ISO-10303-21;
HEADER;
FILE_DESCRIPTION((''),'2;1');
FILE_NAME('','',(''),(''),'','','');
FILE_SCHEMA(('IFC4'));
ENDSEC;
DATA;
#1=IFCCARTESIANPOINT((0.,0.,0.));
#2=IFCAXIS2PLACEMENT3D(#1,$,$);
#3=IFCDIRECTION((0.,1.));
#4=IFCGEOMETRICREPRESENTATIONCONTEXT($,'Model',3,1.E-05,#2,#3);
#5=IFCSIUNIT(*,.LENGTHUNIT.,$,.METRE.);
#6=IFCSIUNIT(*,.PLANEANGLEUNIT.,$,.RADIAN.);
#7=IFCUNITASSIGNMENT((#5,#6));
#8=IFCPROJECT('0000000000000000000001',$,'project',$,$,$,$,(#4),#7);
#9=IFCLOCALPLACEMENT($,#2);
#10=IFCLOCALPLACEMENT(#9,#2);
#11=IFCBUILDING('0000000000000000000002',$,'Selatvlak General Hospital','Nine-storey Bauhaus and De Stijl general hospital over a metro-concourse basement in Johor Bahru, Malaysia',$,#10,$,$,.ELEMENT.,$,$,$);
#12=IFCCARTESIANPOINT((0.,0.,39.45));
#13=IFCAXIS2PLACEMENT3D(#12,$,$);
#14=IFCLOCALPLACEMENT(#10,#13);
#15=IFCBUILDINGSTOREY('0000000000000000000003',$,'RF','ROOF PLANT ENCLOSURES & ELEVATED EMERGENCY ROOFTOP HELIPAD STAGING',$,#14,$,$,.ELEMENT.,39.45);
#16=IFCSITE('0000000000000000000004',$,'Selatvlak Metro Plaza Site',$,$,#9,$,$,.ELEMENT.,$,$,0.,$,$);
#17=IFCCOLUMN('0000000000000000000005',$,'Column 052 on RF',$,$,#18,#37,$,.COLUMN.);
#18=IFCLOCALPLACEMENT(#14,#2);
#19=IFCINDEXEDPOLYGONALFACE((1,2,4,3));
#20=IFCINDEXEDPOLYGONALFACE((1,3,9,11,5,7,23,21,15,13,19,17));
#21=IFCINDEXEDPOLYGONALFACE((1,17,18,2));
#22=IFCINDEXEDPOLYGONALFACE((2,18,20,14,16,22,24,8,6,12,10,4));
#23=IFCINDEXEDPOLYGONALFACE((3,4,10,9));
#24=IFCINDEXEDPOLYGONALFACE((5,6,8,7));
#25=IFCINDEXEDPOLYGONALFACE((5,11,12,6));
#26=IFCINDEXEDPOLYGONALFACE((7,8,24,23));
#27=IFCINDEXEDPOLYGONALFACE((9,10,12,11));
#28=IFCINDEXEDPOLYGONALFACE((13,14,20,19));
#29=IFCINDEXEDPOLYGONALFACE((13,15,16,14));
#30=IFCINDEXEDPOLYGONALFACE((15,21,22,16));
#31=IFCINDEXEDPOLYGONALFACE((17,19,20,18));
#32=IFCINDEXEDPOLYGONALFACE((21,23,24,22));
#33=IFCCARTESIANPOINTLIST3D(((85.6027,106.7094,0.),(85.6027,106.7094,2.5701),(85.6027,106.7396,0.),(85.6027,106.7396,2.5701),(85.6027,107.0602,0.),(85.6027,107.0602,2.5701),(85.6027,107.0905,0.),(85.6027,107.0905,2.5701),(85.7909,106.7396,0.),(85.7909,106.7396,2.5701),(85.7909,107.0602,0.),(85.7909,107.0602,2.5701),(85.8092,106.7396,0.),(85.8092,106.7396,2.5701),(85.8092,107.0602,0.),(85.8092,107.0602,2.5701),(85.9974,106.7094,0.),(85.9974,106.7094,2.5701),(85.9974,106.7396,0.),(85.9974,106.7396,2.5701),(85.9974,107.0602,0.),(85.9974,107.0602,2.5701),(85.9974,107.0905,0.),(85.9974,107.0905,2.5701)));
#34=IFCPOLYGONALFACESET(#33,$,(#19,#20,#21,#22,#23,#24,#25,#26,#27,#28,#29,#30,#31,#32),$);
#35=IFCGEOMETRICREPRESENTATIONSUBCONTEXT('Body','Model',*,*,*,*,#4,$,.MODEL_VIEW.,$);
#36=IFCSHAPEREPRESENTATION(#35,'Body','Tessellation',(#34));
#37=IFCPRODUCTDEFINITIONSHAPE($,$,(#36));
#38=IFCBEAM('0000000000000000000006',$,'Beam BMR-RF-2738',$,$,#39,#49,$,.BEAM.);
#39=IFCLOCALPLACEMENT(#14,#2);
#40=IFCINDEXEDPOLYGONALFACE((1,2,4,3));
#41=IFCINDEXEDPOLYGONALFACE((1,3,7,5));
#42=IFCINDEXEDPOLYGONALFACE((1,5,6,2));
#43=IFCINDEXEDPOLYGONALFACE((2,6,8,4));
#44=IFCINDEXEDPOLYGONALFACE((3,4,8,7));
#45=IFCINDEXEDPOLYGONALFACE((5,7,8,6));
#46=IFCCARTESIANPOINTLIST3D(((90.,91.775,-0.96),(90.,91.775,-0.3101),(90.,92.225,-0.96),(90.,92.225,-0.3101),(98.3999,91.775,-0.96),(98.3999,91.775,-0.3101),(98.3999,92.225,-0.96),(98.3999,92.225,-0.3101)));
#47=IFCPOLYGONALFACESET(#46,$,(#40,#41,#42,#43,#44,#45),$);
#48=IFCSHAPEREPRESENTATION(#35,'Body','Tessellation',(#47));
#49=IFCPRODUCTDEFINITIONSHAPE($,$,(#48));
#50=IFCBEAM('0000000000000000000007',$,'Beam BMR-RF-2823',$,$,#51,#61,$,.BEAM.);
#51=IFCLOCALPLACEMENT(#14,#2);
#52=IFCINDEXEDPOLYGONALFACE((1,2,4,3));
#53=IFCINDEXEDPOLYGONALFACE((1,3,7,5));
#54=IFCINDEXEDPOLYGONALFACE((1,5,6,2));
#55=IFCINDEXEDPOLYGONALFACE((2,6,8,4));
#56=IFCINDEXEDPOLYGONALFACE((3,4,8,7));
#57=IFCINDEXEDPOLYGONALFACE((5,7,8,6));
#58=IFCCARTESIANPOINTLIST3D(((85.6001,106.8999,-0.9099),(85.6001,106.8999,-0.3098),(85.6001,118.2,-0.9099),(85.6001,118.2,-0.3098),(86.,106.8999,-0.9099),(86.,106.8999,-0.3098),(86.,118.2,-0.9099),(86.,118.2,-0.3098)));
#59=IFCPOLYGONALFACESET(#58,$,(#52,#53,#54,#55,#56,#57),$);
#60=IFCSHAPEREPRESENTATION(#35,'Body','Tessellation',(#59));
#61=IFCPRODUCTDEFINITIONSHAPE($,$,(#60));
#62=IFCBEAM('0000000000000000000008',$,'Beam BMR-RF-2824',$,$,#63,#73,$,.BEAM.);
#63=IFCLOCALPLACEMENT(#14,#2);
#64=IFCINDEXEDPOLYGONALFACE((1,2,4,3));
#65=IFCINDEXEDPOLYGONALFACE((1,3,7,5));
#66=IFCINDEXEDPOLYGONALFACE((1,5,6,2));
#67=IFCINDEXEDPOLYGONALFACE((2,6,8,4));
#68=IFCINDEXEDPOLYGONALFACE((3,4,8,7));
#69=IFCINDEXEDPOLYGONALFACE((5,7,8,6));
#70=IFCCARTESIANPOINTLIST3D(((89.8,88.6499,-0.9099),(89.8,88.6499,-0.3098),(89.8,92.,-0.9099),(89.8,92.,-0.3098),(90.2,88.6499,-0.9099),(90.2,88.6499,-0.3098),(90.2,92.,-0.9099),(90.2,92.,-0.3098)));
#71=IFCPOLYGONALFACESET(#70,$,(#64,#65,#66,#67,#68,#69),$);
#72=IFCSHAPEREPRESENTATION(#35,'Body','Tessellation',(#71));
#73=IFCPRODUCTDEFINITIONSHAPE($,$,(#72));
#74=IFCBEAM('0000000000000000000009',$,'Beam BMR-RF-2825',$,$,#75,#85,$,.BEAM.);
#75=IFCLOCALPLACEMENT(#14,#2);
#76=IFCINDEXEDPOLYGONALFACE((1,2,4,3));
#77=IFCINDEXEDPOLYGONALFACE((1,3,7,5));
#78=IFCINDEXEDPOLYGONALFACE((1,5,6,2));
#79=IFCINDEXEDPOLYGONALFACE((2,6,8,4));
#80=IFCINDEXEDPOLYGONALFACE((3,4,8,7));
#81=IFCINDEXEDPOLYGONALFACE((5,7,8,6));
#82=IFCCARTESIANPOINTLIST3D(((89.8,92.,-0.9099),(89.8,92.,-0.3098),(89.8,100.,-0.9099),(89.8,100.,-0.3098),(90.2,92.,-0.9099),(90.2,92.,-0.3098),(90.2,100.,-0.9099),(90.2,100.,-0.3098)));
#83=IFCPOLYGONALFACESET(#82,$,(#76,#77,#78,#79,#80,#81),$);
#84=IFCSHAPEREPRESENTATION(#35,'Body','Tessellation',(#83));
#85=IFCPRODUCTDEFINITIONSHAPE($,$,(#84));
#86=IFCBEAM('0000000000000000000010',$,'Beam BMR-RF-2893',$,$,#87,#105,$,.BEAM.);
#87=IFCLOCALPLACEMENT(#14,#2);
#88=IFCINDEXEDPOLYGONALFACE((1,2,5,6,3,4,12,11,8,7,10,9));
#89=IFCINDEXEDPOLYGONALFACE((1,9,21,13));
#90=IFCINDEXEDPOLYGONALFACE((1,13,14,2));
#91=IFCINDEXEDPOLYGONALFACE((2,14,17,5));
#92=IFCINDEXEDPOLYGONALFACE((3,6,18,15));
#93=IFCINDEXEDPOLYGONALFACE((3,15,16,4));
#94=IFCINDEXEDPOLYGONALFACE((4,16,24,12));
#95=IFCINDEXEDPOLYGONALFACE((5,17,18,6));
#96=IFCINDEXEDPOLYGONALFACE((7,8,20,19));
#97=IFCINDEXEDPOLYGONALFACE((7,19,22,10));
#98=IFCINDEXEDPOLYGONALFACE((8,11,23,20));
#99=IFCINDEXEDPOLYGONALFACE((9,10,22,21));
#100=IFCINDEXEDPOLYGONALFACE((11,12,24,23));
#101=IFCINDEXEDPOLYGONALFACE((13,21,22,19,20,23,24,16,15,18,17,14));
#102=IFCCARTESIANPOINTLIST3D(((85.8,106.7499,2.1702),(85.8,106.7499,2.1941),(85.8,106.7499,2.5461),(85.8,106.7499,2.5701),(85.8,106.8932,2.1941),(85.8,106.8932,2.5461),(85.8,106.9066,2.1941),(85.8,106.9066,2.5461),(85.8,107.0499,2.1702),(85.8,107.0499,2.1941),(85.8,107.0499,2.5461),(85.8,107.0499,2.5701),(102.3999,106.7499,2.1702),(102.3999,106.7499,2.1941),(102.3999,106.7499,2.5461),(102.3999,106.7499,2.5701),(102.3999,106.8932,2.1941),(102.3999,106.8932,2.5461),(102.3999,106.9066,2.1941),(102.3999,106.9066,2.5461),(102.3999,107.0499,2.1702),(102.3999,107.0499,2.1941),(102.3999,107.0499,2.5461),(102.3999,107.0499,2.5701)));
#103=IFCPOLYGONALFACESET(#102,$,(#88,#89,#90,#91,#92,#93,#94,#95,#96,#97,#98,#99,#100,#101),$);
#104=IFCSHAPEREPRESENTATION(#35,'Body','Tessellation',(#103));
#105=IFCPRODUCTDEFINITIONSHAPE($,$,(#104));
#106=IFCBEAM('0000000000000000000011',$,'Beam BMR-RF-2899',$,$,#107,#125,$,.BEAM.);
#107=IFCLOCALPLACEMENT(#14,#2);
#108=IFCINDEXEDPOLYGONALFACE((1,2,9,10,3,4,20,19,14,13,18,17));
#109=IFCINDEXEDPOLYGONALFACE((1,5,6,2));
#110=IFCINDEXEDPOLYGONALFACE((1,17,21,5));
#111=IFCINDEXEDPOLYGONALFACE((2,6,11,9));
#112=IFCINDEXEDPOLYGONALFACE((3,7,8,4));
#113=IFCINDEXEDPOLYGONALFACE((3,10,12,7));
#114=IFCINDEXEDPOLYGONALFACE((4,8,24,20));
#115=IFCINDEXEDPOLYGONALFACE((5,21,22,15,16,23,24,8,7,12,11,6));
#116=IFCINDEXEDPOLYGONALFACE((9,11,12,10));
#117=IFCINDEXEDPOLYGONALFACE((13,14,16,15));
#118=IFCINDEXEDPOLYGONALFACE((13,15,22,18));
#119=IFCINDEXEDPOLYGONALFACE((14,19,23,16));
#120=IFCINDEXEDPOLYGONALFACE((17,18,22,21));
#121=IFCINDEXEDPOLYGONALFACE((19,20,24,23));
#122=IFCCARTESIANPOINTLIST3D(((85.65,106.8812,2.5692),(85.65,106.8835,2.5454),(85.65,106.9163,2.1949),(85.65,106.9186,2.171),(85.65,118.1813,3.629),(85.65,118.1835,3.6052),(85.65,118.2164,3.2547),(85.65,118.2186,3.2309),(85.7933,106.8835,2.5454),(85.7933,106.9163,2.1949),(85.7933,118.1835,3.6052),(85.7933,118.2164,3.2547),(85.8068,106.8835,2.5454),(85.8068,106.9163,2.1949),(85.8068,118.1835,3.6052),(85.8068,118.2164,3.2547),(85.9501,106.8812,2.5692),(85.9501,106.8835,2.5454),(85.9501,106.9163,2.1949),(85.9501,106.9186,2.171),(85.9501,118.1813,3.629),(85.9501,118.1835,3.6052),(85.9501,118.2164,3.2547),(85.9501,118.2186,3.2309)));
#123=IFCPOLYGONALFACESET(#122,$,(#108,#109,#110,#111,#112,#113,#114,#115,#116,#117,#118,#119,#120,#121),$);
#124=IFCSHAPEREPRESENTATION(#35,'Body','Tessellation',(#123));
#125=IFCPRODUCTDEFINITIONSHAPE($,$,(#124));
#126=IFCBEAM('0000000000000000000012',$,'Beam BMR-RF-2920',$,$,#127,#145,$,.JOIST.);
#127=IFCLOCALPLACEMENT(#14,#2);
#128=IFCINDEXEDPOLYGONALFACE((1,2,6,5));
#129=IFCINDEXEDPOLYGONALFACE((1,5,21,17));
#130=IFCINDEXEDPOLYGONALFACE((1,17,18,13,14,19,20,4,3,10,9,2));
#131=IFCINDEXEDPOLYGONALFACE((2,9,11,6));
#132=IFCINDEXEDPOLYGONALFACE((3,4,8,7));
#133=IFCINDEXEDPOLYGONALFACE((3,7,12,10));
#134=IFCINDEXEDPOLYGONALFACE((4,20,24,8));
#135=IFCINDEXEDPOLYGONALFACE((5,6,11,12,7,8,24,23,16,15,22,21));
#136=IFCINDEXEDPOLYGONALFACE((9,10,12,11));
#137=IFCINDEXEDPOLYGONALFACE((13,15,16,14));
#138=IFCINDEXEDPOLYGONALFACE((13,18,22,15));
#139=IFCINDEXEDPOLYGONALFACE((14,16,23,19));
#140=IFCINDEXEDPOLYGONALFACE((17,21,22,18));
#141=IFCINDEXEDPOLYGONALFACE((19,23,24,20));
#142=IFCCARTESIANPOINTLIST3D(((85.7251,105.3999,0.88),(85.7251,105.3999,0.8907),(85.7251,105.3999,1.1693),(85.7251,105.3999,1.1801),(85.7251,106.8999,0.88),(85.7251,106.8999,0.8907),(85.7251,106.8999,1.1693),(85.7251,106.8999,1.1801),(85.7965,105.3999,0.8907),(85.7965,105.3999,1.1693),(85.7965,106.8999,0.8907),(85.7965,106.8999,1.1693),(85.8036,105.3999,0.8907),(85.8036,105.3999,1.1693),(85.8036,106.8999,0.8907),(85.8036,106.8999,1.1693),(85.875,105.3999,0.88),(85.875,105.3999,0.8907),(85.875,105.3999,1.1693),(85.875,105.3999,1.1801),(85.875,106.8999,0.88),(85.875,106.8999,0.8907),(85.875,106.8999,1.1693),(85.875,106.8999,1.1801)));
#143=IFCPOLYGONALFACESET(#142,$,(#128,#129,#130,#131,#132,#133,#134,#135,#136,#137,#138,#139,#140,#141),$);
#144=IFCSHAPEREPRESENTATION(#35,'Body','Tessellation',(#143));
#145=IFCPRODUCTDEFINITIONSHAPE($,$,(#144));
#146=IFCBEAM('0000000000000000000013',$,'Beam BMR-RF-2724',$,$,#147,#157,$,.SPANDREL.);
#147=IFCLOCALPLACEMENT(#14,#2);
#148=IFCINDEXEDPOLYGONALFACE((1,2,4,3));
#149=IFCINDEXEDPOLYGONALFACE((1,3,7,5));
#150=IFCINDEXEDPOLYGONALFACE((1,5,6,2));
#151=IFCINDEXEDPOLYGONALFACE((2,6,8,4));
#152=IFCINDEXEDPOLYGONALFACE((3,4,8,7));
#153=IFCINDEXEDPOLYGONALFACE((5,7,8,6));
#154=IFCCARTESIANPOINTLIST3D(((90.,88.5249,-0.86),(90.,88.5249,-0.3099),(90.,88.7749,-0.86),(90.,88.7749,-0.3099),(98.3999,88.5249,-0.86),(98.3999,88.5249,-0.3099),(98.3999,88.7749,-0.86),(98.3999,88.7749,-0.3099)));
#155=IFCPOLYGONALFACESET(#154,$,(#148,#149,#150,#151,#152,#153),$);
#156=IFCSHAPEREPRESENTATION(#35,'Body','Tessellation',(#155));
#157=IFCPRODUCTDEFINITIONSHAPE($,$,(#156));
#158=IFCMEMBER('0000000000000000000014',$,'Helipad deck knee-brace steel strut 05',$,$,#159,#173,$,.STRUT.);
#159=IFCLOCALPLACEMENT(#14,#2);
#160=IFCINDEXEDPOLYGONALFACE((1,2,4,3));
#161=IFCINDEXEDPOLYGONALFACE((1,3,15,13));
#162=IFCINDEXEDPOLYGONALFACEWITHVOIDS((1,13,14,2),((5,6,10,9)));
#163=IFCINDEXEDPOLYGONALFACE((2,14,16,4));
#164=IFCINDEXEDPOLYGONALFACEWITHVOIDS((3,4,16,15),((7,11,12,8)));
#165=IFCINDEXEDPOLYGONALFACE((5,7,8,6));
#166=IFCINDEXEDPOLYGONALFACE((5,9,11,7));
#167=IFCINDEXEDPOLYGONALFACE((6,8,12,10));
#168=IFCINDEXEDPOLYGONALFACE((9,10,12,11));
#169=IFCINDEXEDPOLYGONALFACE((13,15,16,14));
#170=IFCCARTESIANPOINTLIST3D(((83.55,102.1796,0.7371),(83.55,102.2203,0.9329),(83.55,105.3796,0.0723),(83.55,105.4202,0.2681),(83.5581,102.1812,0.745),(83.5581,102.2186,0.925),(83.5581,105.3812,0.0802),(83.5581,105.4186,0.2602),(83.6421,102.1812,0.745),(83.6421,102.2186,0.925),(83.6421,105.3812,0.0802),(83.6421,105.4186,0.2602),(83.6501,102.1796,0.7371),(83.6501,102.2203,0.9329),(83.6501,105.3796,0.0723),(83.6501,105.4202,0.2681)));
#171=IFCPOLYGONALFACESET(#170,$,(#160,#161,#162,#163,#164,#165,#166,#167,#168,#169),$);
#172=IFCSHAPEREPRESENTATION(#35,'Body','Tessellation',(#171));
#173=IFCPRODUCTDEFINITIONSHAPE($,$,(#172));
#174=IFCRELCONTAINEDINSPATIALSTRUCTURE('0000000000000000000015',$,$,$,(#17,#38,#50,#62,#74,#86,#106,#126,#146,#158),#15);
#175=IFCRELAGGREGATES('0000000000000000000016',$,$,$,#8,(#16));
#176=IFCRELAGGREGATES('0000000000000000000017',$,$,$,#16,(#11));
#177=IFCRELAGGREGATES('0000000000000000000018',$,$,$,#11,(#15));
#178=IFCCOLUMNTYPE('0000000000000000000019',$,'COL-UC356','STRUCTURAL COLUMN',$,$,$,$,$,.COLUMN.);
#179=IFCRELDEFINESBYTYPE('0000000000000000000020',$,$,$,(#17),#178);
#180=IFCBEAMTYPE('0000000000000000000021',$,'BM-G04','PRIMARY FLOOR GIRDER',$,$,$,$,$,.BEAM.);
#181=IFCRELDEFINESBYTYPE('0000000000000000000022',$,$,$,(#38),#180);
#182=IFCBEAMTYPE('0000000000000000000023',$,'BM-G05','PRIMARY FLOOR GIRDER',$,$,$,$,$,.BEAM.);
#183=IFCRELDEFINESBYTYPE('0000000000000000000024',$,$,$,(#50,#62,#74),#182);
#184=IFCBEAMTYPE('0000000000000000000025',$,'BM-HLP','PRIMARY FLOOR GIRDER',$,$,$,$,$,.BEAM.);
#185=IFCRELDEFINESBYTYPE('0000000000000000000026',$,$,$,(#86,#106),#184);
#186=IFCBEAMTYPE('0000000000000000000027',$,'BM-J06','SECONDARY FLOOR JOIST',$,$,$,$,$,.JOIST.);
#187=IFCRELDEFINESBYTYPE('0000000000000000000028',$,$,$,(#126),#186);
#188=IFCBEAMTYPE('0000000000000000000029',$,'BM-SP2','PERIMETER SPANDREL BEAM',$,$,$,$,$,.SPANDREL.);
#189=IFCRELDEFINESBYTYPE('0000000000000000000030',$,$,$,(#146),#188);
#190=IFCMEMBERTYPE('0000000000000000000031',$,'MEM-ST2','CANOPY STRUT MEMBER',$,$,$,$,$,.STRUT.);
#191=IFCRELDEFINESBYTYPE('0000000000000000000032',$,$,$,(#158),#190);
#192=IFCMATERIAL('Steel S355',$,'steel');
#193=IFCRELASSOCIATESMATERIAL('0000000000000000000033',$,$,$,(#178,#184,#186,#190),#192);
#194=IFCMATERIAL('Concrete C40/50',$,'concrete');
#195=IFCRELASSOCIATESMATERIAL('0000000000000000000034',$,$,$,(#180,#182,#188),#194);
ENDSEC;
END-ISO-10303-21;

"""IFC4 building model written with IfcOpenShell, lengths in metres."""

from ifc_helpers import new_model, si_unit, direction, frame, origin, origin_2d, place, context, subcontext, project, spatial, rectangle, hollow_rectangle, i_section, extrude, material, material_profile, profile_set, type_object, element, save


model = new_model("IFC4")

# Units and contexts
model_context = context("Model", 3, precision=1e-05, world=origin(), true_north=direction((0.0, 1.0)))
body_context = subcontext(model_context, "Body", "Model", "MODEL_VIEW")
ifc_project = project(units=[si_unit("LENGTHUNIT", "METRE"), si_unit("PLANEANGLEUNIT", "RADIAN")], contexts=[model_context])

# Site, building, storey
site_placement = place(None, origin())
site = spatial("IfcSite", under=ifc_project, at=site_placement, Name="Selatvlak Metro Plaza Site", CompositionType="ELEMENT", RefElevation=0.0)
building_placement = place(site_placement, origin())
building = spatial("IfcBuilding", under=site, at=building_placement, Name="Selatvlak General Hospital", Description="Nine-storey Bauhaus and De Stijl general hospital over a metro-concourse basement in Johor Bahru, Malaysia", CompositionType="ELEMENT")
storey_placement = place(building_placement, frame((0.0, 0.0, 39.45)))
storey = spatial("IfcBuildingStorey", under=building, at=storey_placement, Name="RF", Description="ROOF PLANT ENCLOSURES & ELEVATED EMERGENCY ROOFTOP HELIPAD STAGING", CompositionType="ELEMENT", Elevation=39.45)

# Column
ifc_material_1 = material(Name="Steel S355", Category="steel")
ifc_material_profile_1 = material_profile(ifc_material_1, i_section(OverallWidth=0.3948, OverallDepth=0.3811, WebThickness=0.0183, FlangeThickness=0.0303, at=origin_2d()), Name="UC 356x406x235")
ifc_profile_set_1 = profile_set([ifc_material_profile_1], Name="Steel S355")
column_type = type_object("IfcColumnType", Name="COL-UC356", Description="STRUCTURAL COLUMN", PredefinedType="COLUMN", material=ifc_profile_set_1)
column_placement = place(storey_placement, frame((85.8, 106.8999, 0.0), z_axis=(0.0, 0.0, 1.0), x_axis=(1.0, 0.0, 0.0)))
element("IfcColumn", 1, at=column_placement, inside=storey, type_object=column_type, Name="Column 052 on RF", PredefinedType="COLUMN", context=body_context, shape_type="SweptSolid", body=[
    extrude(i_section(OverallWidth=0.3948, OverallDepth=0.3811, WebThickness=0.0183, FlangeThickness=0.0303, at=origin_2d()), origin(), (0.0, 0.0, 1.0), 2.5701),
])

# Beams
ifc_material_2 = material(Name="Concrete C40/50", Category="concrete")
ifc_material_profile_2 = material_profile(ifc_material_2, rectangle(XDim=0.45, YDim=0.6499, at=origin_2d()), Name="RC-BM 450x650")
ifc_profile_set_2 = profile_set([ifc_material_profile_2], Name="Concrete C40/50")
beam_type_1 = type_object("IfcBeamType", Name="BM-G04", Description="PRIMARY FLOOR GIRDER", PredefinedType="BEAM", material=ifc_profile_set_2)
beam_1_placement = place(storey_placement, frame((90.0, 92.0, -0.635), z_axis=(1.0, 0.0, 0.0), x_axis=(0.0, 1.0, 0.0)))
element("IfcBeam", 2, at=beam_1_placement, inside=storey, type_object=beam_type_1, Name="Beam BMR-RF-2738", PredefinedType="BEAM", context=body_context, shape_type="SweptSolid", body=[
    extrude(rectangle(XDim=0.45, YDim=0.6499, at=origin_2d()), origin(), (0.0, 0.0, 1.0), 8.3999),
])
ifc_material_profile_3 = material_profile(ifc_material_2, rectangle(XDim=0.3999, YDim=0.6001, at=origin_2d()), Name="RC-BM 400x600")
ifc_profile_set_3 = profile_set([ifc_material_profile_3], Name="Concrete C40/50")
beam_type_2 = type_object("IfcBeamType", Name="BM-G05", Description="PRIMARY FLOOR GIRDER", PredefinedType="BEAM", material=ifc_profile_set_3)
beam_2_placement = place(storey_placement, frame((85.8, 106.8999, -0.6099), z_axis=(0.0, 1.0, 0.0), x_axis=(-1.0, 0.0, 0.0)))
element("IfcBeam", 3, at=beam_2_placement, inside=storey, type_object=beam_type_2, Name="Beam BMR-RF-2823", PredefinedType="BEAM", context=body_context, shape_type="SweptSolid", body=[
    extrude(rectangle(XDim=0.3999, YDim=0.6001, at=origin_2d()), origin(), (0.0, 0.0, 1.0), 11.3),
])
beam_3_placement = place(storey_placement, frame((90.0, 88.6499, -0.6099), z_axis=(0.0, 1.0, 0.0), x_axis=(-1.0, 0.0, 0.0)))
element("IfcBeam", 4, at=beam_3_placement, inside=storey, type_object=beam_type_2, Name="Beam BMR-RF-2824", PredefinedType="BEAM", context=body_context, shape_type="SweptSolid", body=[
    extrude(rectangle(XDim=0.3999, YDim=0.6001, at=origin_2d()), origin(), (0.0, 0.0, 1.0), 3.3501),
])
beam_4_placement = place(storey_placement, frame((90.0, 92.0, -0.6099), z_axis=(0.0, 1.0, 0.0), x_axis=(-1.0, 0.0, 0.0)))
element("IfcBeam", 5, at=beam_4_placement, inside=storey, type_object=beam_type_2, Name="Beam BMR-RF-2825", PredefinedType="BEAM", context=body_context, shape_type="SweptSolid", body=[
    extrude(rectangle(XDim=0.3999, YDim=0.6001, at=origin_2d()), origin(), (0.0, 0.0, 1.0), 8.0),
])
ifc_material_profile_4 = material_profile(ifc_material_1, i_section(OverallWidth=0.3, OverallDepth=0.3999, WebThickness=0.0134, FlangeThickness=0.0239, at=origin_2d()), Name="HEB 400")
ifc_profile_set_4 = profile_set([ifc_material_profile_4], Name="Steel S355")
beam_type_3 = type_object("IfcBeamType", Name="BM-HLP", Description="PRIMARY FLOOR GIRDER", PredefinedType="BEAM", material=ifc_profile_set_4)
beam_5_placement = place(storey_placement, frame((85.8, 106.8999, 2.3701), z_axis=(1.0, 0.0, 0.0), x_axis=(0.0, 1.0, 0.0)))
element("IfcBeam", 6, at=beam_5_placement, inside=storey, type_object=beam_type_3, Name="Beam BMR-RF-2893", PredefinedType="BEAM", context=body_context, shape_type="SweptSolid", body=[
    extrude(i_section(OverallWidth=0.3, OverallDepth=0.3999, WebThickness=0.0134, FlangeThickness=0.0239, at=origin_2d()), origin(), (0.0, 0.0, 1.0), 16.5999),
])
beam_6_placement = place(storey_placement, frame((85.8, 106.8999, 2.3701), z_axis=(0.0, 0.995631, 0.093379), x_axis=(-1.0, 0.0, 0.0)))
element("IfcBeam", 7, at=beam_6_placement, inside=storey, type_object=beam_type_3, Name="Beam BMR-RF-2899", PredefinedType="BEAM", context=body_context, shape_type="SweptSolid", body=[
    extrude(i_section(OverallWidth=0.3, OverallDepth=0.3999, WebThickness=0.0134, FlangeThickness=0.0239, at=origin_2d()), origin(), (0.0, 0.0, 1.0), 11.3496),
])
ifc_material_profile_5 = material_profile(ifc_material_1, i_section(OverallWidth=0.1499, OverallDepth=0.3, WebThickness=0.0071, FlangeThickness=0.0107, at=origin_2d()), Name="IPE 300")
ifc_profile_set_5 = profile_set([ifc_material_profile_5], Name="Steel S355")
beam_type_4 = type_object("IfcBeamType", Name="BM-J06", Description="SECONDARY FLOOR JOIST", PredefinedType="JOIST", material=ifc_profile_set_5)
beam_7_placement = place(storey_placement, frame((85.8, 105.3999, 1.03), z_axis=(0.0, 1.0, 0.0), x_axis=(-1.0, 0.0, 0.0)))
element("IfcBeam", 8, at=beam_7_placement, inside=storey, type_object=beam_type_4, Name="Beam BMR-RF-2920", PredefinedType="JOIST", context=body_context, shape_type="SweptSolid", body=[
    extrude(i_section(OverallWidth=0.1499, OverallDepth=0.3, WebThickness=0.0071, FlangeThickness=0.0107, at=origin_2d()), origin(), (0.0, 0.0, 1.0), 1.5),
])
ifc_material_profile_6 = material_profile(ifc_material_2, rectangle(XDim=0.25, YDim=0.55, at=origin_2d()), Name="RC-SP 250x550")
ifc_profile_set_6 = profile_set([ifc_material_profile_6], Name="Concrete C40/50")
beam_type_5 = type_object("IfcBeamType", Name="BM-SP2", Description="PERIMETER SPANDREL BEAM", PredefinedType="SPANDREL", material=ifc_profile_set_6)
beam_8_placement = place(storey_placement, frame((90.0, 88.6499, -0.585), z_axis=(1.0, 0.0, 0.0), x_axis=(0.0, 1.0, 0.0)))
element("IfcBeam", 9, at=beam_8_placement, inside=storey, type_object=beam_type_5, Name="Beam BMR-RF-2724", PredefinedType="SPANDREL", context=body_context, shape_type="SweptSolid", body=[
    extrude(rectangle(XDim=0.25, YDim=0.55, at=origin_2d()), origin(), (0.0, 0.0, 1.0), 8.3999),
])

# Member
ifc_material_profile_7 = material_profile(ifc_material_1, hollow_rectangle(XDim=0.1001, YDim=0.2, WallThickness=0.0081, at=origin_2d()), Name="RHS 200x100x8")
ifc_profile_set_7 = profile_set([ifc_material_profile_7], Name="Steel S355")
member_type = type_object("IfcMemberType", Name="MEM-ST2", Description="CANOPY STRUT MEMBER", PredefinedType="STRUT", material=ifc_profile_set_7)
for number, where, z_axis, x_axis, name in (
    (10, (83.6001, 105.3999, 0.1702), (0.0, -0.979094, 0.203408), (1.0, 0.0, 0.0), "Helipad deck knee-brace steel strut 05"),
):
    element("IfcMember", number, at=place(storey_placement, frame(where, z_axis=z_axis, x_axis=x_axis)), inside=storey, type_object=member_type, Name=name, PredefinedType="STRUT", context=body_context, shape_type="SweptSolid", body=[
        extrude(hollow_rectangle(XDim=0.1001, YDim=0.2, WallThickness=0.0081, at=origin_2d()), origin(), (0.0, 0.0, 1.0), 3.2683),
    ])

save(model, "model.ifc")
